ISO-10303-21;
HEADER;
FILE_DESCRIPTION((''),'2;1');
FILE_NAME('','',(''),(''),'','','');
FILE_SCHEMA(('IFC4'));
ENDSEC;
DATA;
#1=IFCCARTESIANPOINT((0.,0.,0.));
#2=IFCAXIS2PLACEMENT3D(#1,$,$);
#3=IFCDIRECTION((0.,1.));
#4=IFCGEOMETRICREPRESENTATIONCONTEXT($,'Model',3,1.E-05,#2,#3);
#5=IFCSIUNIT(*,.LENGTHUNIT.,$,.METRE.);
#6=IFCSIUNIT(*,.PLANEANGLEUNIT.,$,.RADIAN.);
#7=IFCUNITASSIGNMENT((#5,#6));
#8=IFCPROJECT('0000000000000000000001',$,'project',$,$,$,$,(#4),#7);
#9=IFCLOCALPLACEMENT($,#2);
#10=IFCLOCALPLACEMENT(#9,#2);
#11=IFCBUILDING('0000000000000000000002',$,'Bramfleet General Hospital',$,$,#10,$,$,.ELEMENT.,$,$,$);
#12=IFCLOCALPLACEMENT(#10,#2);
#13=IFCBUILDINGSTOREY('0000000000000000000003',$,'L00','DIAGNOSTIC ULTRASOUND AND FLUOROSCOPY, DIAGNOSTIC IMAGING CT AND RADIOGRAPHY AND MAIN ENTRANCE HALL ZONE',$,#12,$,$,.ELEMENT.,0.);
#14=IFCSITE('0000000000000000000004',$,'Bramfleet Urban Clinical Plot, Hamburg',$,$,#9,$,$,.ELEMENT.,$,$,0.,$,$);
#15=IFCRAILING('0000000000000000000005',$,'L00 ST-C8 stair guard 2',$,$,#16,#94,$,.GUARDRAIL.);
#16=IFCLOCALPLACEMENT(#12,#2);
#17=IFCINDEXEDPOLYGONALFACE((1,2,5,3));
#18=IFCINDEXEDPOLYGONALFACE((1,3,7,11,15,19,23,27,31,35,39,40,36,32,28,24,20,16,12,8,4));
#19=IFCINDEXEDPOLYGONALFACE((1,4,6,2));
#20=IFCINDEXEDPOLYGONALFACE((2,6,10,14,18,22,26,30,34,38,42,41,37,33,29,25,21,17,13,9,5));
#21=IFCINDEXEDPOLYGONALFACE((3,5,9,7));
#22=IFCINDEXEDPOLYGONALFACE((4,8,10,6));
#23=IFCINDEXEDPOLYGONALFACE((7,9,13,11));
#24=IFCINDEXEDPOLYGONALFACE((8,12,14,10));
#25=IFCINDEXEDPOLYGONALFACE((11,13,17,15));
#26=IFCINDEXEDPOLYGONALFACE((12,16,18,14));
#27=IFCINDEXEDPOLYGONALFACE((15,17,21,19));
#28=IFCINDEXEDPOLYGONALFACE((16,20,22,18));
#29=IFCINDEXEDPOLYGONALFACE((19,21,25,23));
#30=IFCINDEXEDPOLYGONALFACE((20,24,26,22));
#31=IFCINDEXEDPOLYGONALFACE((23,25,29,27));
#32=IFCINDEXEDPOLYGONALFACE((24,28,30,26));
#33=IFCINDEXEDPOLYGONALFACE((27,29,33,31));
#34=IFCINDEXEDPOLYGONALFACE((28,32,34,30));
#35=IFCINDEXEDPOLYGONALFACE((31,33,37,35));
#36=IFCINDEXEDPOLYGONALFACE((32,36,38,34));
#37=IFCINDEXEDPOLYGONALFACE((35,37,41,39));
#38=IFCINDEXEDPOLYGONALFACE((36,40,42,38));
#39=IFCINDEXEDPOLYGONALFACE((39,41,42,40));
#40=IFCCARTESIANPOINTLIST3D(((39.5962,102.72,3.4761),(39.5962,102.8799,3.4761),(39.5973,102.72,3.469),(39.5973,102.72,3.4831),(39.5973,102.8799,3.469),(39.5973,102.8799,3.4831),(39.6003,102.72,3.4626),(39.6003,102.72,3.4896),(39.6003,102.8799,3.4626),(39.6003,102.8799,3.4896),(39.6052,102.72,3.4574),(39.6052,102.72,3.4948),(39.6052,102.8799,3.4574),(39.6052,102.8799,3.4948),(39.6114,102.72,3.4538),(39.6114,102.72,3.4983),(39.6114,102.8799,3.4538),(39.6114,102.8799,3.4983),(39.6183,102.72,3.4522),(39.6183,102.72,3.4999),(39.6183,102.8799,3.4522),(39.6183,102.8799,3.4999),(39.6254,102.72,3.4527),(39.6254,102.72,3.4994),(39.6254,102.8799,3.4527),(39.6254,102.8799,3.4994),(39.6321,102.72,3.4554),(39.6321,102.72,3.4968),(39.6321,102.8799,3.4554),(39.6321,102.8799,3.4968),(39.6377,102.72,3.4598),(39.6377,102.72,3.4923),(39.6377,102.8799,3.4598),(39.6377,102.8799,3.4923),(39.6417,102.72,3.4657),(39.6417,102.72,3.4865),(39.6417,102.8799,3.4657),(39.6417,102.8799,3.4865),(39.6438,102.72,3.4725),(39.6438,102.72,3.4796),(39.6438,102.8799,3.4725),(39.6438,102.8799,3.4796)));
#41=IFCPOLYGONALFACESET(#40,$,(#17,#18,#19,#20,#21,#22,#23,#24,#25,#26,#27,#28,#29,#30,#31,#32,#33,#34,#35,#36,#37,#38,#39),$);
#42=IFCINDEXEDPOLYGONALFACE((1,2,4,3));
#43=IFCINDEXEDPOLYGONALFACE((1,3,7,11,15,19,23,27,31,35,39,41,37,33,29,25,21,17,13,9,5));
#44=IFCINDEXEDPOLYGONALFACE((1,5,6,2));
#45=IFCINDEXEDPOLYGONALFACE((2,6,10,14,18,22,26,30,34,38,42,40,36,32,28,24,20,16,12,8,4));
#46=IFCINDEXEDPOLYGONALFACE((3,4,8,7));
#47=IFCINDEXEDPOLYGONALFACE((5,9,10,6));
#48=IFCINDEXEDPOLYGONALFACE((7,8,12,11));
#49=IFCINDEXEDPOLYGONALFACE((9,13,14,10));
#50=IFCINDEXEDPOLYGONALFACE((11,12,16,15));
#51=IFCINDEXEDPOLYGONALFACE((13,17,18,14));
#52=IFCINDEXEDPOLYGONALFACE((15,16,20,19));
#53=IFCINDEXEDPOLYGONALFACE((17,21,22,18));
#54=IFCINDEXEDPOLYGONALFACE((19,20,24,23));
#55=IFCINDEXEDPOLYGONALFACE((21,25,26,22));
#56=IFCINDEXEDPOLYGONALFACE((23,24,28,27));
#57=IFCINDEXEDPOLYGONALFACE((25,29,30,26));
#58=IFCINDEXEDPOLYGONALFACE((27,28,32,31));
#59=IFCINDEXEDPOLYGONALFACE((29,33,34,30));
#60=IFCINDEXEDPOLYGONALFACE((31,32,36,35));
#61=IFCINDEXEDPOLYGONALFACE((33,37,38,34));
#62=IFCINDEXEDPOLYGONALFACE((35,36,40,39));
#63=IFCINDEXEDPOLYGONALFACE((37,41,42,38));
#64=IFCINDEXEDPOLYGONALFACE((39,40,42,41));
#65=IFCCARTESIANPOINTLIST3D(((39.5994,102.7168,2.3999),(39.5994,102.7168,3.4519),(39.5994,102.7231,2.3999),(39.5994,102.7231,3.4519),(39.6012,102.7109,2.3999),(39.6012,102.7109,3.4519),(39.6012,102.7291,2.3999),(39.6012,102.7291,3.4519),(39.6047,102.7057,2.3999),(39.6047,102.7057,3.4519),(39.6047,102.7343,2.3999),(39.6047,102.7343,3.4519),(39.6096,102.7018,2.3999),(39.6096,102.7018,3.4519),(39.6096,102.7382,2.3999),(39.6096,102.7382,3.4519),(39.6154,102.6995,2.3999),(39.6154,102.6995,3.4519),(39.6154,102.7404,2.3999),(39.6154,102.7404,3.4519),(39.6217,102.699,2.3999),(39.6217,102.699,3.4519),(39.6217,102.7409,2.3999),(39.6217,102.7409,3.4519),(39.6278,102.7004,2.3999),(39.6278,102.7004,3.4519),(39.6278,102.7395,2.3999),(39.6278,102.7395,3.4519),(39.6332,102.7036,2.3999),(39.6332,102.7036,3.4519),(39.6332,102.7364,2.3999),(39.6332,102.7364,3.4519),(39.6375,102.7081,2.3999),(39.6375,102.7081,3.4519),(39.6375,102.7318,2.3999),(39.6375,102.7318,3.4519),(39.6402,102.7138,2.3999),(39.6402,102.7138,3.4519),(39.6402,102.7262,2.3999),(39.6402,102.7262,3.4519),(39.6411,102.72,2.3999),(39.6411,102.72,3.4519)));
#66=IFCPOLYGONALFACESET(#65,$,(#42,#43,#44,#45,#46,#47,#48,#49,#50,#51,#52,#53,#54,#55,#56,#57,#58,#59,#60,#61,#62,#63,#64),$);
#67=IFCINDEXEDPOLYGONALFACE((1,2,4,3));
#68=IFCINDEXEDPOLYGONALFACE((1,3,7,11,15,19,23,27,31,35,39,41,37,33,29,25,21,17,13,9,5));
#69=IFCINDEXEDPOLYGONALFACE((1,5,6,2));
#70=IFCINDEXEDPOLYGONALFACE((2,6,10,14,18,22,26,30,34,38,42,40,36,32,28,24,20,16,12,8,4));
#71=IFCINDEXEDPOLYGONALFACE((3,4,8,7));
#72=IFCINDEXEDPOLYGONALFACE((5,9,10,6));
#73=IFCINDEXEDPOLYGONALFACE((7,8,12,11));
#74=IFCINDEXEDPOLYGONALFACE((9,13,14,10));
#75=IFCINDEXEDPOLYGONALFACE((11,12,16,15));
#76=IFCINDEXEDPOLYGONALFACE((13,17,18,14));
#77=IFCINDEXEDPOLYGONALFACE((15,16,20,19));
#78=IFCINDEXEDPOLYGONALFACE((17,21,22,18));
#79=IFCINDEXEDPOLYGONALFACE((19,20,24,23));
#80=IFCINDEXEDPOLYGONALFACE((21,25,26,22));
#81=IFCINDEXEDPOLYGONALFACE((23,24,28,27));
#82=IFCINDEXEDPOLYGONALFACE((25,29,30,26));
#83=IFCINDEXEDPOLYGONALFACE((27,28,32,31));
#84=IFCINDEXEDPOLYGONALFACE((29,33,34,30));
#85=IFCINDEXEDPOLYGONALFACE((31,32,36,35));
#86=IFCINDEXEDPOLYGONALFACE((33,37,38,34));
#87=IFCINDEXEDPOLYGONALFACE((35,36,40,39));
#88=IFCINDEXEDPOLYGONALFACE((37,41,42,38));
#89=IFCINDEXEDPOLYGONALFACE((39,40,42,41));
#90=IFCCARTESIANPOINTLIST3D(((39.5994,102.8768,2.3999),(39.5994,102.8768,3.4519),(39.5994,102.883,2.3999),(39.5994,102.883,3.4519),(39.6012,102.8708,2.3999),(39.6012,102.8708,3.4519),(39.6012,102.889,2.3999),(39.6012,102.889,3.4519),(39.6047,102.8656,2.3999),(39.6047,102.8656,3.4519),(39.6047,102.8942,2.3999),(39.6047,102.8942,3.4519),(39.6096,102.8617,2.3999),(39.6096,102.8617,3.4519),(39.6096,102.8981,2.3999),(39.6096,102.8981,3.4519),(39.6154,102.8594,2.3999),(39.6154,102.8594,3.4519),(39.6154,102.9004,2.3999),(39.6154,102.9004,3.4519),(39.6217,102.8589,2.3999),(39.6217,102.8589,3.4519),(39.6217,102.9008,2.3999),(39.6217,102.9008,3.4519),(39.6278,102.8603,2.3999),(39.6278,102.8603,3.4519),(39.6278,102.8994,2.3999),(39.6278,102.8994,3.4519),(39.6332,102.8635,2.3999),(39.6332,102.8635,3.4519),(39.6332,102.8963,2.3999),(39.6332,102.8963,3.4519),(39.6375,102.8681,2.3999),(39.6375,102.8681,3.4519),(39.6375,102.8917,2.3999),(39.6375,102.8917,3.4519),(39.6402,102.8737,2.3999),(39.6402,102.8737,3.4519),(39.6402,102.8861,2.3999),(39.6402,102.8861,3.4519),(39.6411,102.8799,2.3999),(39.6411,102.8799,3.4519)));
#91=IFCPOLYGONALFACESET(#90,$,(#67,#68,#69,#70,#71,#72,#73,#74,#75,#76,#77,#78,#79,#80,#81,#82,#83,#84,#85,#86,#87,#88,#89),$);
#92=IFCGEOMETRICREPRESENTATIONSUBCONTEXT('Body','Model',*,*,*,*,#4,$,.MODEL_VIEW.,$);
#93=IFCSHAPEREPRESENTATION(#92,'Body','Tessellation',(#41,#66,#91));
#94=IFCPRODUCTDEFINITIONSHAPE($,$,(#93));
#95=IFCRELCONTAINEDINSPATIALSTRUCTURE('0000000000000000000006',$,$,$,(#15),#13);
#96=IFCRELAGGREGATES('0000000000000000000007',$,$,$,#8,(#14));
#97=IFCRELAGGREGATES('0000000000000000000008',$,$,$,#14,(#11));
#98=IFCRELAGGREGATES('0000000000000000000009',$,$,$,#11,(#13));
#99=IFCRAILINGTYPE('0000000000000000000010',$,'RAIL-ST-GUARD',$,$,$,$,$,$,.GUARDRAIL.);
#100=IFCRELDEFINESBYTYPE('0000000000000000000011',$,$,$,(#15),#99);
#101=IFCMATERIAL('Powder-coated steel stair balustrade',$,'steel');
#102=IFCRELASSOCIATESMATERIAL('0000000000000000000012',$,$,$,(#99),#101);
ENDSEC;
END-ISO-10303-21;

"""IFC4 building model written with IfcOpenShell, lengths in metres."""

from ifc_helpers import new_model, si_unit, direction, frame, origin, origin_2d, place, context, subcontext, project, spatial, circle, extrude, material, type_object, element, save


model = new_model("IFC4")

# Units and contexts
model_context = context("Model", 3, precision=1e-05, world=origin(), true_north=direction((0.0, 1.0)))
body_context = subcontext(model_context, "Body", "Model", "MODEL_VIEW")
ifc_project = project(units=[si_unit("LENGTHUNIT", "METRE"), si_unit("PLANEANGLEUNIT", "RADIAN")], contexts=[model_context])

# Site, building, storey
site_placement = place(None, origin())
site = spatial("IfcSite", under=ifc_project, at=site_placement, Name="Bramfleet Urban Clinical Plot, Hamburg", CompositionType="ELEMENT", RefElevation=0.0)
building_placement = place(site_placement, origin())
building = spatial("IfcBuilding", under=site, at=building_placement, Name="Bramfleet General Hospital", CompositionType="ELEMENT")
storey_placement = place(building_placement, origin())
storey = spatial("IfcBuildingStorey", under=building, at=storey_placement, Name="L00", Description="DIAGNOSTIC ULTRASOUND AND FLUOROSCOPY, DIAGNOSTIC IMAGING CT AND RADIOGRAPHY AND MAIN ENTRANCE HALL ZONE", CompositionType="ELEMENT", Elevation=0.0)

# Railing
ifc_material_1 = material(Name="Powder-coated steel stair balustrade", Category="steel")
railing_type_1 = type_object("IfcRailingType", Name="RAIL-ST-GUARD", PredefinedType="GUARDRAIL", material=ifc_material_1)
railing_1_placement = place(storey_placement, frame((39.6201, 102.72, 2.3999)))
element("IfcRailing", 1, at=railing_1_placement, inside=storey, type_object=railing_type_1, Name="L00 ST-C8 stair guard 2", PredefinedType="GUARDRAIL", context=body_context, shape_type="SweptSolid", body=[
    extrude(circle(Radius=0.0239, at=origin_2d()), frame((0.0, 0.0, 1.0762), z_axis=(0.0, 1.0, 0.0), x_axis=(-1.0, 0.0, 0.0)), (0.0, 0.0, 1.0), 0.1599),
    extrude(circle(Radius=0.021, at=origin_2d()), origin(), (0.0, 0.0, 1.0), 1.052),
    extrude(circle(Radius=0.021, at=origin_2d()), frame((0.0, 0.1599, 0.0)), (0.0, 0.0, 1.0), 1.052),
])

save(model, "model.ifc")
